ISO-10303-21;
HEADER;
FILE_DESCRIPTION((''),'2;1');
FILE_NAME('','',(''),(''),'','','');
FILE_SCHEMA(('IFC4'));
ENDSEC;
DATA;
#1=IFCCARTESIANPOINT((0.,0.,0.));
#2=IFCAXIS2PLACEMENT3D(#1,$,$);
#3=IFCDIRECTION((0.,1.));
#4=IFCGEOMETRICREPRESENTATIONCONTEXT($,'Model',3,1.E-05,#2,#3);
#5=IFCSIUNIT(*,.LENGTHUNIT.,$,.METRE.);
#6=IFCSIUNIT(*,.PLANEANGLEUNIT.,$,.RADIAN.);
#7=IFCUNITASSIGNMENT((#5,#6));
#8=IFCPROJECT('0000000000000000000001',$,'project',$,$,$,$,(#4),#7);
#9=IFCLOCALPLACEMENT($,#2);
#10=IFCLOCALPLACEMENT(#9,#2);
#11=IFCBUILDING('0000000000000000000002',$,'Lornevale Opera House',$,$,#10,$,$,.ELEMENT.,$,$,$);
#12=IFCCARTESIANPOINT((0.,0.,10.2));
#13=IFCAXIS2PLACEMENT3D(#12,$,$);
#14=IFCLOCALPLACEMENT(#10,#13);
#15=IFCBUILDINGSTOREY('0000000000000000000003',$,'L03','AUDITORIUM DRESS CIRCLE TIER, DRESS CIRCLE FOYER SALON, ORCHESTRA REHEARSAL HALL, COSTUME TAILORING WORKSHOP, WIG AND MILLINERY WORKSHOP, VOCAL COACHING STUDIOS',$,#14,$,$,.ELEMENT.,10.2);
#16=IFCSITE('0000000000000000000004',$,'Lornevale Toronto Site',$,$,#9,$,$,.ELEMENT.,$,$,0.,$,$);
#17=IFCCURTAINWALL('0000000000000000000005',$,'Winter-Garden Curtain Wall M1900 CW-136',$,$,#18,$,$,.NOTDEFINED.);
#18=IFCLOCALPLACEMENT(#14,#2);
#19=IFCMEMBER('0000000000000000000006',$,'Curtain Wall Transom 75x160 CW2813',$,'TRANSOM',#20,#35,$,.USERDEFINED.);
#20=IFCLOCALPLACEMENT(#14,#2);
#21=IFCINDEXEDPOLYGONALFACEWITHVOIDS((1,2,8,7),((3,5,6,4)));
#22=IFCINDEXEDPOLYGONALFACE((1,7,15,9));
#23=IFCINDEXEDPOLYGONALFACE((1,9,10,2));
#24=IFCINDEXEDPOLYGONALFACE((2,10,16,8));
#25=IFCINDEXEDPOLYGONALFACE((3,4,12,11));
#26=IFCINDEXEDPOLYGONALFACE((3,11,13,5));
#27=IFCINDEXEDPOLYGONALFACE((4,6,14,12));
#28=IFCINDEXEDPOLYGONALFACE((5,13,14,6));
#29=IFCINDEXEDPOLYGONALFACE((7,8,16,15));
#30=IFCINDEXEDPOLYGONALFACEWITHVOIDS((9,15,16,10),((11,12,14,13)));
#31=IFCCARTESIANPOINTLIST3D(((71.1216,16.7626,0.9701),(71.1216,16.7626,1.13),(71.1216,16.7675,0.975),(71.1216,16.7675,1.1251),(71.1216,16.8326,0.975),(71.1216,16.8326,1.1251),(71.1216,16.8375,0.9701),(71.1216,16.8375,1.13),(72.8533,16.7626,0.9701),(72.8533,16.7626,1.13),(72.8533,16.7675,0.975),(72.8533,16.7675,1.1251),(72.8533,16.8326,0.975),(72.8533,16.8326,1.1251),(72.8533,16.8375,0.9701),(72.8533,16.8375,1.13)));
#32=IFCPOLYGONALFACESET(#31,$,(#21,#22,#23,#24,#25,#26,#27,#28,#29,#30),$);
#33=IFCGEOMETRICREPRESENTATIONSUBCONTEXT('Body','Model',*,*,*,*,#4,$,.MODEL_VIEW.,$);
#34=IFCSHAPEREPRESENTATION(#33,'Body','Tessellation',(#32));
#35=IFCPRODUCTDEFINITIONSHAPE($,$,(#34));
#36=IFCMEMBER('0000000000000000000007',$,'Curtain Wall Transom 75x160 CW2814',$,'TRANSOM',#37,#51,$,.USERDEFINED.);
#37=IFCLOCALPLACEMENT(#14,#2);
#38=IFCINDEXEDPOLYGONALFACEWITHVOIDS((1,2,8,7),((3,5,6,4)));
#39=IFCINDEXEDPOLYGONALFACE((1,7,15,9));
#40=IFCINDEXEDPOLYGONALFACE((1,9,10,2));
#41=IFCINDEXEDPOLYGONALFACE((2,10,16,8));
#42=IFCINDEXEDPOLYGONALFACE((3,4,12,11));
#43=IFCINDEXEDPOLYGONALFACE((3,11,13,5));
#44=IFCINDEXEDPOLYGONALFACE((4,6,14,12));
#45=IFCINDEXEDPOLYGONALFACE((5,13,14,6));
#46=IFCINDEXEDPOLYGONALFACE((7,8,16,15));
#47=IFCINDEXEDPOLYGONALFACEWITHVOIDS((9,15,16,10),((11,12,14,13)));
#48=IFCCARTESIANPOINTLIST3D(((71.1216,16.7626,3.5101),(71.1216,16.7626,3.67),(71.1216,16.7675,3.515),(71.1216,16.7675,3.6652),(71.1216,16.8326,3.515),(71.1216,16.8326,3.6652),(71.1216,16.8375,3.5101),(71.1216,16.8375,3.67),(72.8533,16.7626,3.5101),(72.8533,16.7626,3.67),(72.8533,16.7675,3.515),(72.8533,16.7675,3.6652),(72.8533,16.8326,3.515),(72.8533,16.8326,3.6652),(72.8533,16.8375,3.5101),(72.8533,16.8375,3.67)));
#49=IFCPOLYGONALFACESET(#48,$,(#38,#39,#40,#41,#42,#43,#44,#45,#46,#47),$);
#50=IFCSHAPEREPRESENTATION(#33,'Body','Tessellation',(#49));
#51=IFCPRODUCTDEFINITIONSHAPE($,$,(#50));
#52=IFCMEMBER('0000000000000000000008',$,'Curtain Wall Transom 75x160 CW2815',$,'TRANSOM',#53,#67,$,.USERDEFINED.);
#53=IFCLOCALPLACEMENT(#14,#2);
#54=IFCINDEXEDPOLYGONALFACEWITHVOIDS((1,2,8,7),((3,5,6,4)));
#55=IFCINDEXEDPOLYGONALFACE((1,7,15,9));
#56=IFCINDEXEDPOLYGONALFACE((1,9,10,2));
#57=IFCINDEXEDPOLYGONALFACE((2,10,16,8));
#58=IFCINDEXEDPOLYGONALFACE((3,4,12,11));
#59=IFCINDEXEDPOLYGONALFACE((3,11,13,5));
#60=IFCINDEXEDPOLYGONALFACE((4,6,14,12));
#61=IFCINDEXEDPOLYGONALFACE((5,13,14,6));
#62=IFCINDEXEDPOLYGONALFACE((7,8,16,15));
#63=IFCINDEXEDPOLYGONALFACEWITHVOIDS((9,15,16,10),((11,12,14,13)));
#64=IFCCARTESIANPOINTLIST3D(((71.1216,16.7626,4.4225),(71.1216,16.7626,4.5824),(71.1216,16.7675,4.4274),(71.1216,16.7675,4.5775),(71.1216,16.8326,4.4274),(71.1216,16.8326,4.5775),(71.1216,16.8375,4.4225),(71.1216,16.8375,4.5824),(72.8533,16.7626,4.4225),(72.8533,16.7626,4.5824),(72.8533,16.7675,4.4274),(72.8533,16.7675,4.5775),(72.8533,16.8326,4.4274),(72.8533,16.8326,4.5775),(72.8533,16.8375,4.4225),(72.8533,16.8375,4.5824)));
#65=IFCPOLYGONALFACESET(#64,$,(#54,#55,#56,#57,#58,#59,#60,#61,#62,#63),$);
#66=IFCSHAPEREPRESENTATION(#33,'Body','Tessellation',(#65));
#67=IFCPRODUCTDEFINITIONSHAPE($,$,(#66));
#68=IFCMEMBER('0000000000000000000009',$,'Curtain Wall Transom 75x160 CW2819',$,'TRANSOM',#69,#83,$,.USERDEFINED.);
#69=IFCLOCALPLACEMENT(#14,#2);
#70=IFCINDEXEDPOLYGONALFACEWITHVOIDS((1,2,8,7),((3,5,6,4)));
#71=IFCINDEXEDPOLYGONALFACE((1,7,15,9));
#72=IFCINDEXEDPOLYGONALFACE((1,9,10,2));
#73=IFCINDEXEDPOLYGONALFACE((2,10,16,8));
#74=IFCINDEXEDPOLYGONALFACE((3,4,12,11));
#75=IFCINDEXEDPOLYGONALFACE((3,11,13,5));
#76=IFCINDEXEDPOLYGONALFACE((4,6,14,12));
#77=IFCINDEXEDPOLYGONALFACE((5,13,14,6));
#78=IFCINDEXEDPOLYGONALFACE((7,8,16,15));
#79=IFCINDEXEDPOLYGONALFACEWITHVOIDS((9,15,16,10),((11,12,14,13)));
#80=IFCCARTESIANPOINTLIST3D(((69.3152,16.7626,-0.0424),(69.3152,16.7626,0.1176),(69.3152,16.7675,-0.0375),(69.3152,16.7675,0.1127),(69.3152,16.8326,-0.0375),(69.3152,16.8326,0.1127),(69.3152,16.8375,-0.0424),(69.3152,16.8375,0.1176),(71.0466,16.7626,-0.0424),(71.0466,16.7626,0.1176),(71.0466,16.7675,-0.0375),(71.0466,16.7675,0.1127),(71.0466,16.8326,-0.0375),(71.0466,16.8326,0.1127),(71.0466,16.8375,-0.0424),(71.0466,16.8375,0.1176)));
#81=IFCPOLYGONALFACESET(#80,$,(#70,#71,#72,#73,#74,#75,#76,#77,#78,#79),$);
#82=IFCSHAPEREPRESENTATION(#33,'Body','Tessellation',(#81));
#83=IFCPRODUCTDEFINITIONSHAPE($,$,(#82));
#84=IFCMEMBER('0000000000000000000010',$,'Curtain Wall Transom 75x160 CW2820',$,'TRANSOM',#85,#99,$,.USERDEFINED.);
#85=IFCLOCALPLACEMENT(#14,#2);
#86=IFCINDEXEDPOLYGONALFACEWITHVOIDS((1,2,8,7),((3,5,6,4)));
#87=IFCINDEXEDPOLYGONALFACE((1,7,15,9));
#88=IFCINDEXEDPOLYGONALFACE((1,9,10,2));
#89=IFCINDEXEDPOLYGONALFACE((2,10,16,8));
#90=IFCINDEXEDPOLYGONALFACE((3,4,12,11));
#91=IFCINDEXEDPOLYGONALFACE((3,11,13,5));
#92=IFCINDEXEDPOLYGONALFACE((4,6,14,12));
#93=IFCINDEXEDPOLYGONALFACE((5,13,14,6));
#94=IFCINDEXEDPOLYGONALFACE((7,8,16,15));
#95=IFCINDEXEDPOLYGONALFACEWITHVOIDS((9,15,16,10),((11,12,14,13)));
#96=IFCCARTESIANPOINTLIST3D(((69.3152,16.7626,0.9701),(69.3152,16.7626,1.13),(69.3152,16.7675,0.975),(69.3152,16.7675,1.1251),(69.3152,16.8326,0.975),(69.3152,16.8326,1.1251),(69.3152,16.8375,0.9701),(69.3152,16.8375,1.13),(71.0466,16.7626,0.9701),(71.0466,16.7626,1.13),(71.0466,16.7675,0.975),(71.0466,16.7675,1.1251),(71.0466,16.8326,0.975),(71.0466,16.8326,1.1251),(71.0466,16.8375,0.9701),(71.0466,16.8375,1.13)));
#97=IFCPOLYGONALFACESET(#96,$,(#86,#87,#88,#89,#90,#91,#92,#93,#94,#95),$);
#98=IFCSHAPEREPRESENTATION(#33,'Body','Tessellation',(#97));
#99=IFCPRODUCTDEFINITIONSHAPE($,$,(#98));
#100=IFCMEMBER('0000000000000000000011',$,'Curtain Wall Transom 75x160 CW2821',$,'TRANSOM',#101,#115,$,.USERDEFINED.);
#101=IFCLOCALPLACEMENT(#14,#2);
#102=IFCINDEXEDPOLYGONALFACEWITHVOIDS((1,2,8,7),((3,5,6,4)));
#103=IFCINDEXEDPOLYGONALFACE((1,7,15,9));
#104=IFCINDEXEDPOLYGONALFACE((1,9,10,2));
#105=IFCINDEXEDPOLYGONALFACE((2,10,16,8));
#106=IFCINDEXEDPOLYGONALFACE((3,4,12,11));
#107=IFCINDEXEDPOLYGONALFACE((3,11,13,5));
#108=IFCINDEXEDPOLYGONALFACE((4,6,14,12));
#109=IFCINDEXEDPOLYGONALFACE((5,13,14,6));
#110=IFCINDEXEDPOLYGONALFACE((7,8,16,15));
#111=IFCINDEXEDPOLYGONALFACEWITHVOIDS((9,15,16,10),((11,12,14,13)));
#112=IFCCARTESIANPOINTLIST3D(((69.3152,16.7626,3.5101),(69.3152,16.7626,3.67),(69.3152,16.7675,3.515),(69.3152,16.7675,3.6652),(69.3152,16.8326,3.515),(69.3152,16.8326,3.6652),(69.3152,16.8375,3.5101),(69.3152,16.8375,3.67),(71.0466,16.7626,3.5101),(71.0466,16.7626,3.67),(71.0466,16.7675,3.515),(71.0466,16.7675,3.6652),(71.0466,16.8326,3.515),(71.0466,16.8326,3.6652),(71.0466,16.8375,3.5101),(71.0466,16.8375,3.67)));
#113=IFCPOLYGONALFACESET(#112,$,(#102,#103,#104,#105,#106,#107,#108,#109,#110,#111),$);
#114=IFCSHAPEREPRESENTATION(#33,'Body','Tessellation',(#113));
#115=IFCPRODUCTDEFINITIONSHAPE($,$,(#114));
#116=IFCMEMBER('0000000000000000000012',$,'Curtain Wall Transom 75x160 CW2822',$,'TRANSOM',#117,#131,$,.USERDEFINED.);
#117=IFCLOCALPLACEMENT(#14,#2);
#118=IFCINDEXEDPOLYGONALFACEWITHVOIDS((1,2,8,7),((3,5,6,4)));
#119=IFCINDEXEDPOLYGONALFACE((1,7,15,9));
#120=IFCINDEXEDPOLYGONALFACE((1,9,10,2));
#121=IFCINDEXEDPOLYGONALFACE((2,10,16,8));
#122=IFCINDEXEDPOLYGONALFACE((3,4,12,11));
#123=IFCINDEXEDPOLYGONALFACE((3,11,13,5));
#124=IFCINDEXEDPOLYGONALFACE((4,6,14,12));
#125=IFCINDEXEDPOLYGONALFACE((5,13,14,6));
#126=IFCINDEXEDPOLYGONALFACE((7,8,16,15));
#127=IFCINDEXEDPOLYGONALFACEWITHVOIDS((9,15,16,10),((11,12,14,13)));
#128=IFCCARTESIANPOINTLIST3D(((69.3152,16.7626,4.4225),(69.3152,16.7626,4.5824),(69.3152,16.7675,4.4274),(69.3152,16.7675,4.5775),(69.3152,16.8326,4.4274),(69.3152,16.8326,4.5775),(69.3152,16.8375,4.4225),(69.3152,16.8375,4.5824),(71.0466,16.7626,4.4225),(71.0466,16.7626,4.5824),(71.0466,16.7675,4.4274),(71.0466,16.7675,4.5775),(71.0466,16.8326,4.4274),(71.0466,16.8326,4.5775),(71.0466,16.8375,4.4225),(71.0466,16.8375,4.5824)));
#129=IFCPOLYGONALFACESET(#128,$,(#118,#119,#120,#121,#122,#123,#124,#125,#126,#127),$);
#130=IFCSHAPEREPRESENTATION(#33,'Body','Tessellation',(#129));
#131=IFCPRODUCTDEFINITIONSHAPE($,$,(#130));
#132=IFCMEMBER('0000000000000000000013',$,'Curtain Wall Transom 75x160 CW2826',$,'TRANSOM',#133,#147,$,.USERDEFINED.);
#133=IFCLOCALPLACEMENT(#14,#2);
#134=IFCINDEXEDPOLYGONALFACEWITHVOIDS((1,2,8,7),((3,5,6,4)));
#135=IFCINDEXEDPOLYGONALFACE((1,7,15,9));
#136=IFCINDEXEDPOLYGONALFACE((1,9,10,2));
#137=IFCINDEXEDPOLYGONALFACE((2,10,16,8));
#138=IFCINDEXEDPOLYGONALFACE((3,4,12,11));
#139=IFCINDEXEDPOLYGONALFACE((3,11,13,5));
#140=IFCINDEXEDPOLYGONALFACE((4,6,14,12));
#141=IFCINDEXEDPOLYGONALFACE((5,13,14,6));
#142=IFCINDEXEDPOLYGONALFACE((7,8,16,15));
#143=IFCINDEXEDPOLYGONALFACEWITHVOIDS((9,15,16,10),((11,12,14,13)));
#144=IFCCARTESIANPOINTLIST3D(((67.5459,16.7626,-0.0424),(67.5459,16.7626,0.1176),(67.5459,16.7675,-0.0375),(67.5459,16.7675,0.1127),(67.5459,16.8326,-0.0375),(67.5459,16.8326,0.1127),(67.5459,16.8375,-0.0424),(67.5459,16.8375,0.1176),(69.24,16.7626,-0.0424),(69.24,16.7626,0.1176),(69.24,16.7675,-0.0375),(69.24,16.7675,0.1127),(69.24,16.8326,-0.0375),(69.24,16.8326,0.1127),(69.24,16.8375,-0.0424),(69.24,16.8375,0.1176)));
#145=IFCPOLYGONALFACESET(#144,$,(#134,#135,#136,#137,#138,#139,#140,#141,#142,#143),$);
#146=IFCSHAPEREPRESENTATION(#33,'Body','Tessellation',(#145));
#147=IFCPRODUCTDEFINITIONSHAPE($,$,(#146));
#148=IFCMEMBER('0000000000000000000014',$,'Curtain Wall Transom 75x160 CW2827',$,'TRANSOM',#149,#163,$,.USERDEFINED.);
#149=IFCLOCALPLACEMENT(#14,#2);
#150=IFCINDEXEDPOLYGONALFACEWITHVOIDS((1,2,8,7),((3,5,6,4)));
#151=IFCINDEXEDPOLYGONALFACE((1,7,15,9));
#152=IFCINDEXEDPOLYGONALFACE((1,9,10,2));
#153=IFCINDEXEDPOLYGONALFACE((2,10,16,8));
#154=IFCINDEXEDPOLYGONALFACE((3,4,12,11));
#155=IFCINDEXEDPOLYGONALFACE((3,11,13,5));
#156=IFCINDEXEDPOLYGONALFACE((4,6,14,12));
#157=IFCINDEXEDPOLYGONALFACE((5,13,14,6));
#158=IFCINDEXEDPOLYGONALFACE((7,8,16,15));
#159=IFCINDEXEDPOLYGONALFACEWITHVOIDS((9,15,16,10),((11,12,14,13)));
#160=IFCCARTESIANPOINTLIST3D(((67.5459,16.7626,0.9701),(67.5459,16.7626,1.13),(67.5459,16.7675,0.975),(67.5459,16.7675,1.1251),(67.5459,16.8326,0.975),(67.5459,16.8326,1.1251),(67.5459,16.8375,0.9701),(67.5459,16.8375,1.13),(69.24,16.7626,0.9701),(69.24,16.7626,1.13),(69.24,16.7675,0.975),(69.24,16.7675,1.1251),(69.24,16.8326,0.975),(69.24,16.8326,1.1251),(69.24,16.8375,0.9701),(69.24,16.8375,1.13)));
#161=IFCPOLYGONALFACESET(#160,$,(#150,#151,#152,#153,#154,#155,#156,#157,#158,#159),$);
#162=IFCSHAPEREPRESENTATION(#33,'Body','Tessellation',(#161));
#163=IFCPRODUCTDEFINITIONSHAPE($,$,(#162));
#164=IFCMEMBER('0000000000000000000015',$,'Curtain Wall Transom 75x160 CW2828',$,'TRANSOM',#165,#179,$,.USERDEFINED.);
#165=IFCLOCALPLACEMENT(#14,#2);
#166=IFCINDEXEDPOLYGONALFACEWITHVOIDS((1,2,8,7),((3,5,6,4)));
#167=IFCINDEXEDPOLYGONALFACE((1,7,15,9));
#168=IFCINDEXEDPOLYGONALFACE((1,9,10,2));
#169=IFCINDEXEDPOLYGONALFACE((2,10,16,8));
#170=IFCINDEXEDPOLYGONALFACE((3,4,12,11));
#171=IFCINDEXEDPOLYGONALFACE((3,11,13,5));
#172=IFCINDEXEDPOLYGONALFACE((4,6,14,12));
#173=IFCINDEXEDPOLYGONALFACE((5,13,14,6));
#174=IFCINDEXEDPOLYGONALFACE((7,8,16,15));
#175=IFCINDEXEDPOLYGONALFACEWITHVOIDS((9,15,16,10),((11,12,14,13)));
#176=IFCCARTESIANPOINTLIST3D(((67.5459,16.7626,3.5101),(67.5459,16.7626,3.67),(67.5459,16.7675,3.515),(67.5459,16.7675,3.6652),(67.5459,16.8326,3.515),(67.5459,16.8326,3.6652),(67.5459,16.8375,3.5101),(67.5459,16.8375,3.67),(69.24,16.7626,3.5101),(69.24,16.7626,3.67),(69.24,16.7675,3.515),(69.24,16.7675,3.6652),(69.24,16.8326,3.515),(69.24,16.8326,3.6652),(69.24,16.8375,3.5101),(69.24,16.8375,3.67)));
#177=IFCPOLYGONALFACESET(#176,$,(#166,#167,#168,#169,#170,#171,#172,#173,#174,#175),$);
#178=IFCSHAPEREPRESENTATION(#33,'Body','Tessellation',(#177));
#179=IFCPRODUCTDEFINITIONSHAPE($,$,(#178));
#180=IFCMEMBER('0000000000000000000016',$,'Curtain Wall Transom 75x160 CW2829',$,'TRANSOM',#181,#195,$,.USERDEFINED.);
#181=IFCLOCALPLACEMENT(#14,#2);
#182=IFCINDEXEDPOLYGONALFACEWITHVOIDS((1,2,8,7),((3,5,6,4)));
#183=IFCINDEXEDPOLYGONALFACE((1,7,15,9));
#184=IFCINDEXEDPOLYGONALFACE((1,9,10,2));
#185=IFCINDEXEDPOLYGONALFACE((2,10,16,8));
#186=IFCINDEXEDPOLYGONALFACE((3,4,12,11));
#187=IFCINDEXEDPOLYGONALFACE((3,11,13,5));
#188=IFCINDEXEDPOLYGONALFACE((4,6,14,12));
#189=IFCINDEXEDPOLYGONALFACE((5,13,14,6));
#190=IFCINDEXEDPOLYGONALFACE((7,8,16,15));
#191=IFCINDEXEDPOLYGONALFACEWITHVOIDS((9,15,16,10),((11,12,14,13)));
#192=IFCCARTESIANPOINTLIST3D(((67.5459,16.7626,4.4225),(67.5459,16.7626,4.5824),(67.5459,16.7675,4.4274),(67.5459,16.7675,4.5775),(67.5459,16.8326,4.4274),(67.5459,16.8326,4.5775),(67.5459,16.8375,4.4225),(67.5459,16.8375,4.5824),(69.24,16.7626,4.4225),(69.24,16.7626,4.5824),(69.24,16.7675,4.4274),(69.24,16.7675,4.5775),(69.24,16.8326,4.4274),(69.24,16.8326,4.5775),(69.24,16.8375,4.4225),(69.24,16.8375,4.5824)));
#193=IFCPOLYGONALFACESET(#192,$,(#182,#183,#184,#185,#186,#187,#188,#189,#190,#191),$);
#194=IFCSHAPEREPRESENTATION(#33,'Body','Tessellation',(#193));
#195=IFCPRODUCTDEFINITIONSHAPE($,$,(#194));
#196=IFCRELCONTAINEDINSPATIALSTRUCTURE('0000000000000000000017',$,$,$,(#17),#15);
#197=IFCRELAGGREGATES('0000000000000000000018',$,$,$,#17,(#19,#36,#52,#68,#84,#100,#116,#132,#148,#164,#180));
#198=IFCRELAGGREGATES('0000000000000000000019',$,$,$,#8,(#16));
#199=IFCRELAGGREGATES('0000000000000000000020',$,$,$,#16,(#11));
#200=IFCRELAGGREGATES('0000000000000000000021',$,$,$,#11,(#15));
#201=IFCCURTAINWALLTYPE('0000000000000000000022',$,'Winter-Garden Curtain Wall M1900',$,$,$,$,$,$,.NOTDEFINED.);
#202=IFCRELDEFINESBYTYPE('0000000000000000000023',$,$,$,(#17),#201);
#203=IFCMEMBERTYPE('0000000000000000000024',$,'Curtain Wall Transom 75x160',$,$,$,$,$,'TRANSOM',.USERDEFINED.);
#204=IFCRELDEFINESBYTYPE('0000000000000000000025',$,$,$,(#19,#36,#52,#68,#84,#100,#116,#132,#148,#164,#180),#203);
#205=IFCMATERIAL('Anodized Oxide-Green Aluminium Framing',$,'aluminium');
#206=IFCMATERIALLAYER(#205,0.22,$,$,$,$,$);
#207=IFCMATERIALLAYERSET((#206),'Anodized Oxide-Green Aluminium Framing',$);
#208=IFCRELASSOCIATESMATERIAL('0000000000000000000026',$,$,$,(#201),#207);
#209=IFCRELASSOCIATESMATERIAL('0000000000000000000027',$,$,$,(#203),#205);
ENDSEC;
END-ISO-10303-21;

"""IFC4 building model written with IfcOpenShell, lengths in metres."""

from ifc_helpers import new_model, si_unit, direction, frame, origin, origin_2d, place, context, subcontext, project, spatial, hollow_rectangle, extrude, material, layer, layer_set, material_profile, profile_set, type_object, element, aggregate, save


model = new_model("IFC4")

# Units and contexts
model_context = context("Model", 3, precision=1e-05, world=origin(), true_north=direction((0.0, 1.0)))
body_context = subcontext(model_context, "Body", "Model", "MODEL_VIEW")
ifc_project = project(units=[si_unit("LENGTHUNIT", "METRE"), si_unit("PLANEANGLEUNIT", "RADIAN")], contexts=[model_context])

# Site, building, storey
site_placement = place(None, origin())
site = spatial("IfcSite", under=ifc_project, at=site_placement, Name="Lornevale Toronto Site", CompositionType="ELEMENT", RefElevation=0.0)
building_placement = place(site_placement, origin())
building = spatial("IfcBuilding", under=site, at=building_placement, Name="Lornevale Opera House", CompositionType="ELEMENT")
storey_placement = place(building_placement, frame((0.0, 0.0, 10.2)))
storey = spatial("IfcBuildingStorey", under=building, at=storey_placement, Name="L03", Description="AUDITORIUM DRESS CIRCLE TIER, DRESS CIRCLE FOYER SALON, ORCHESTRA REHEARSAL HALL, COSTUME TAILORING WORKSHOP, WIG AND MILLINERY WORKSHOP, VOCAL COACHING STUDIOS", CompositionType="ELEMENT", Elevation=10.2)

# Curtain wall, members
ifc_material_1 = material(Name="Anodized Oxide-Green Aluminium Framing", Category="aluminium")
ifc_layer_1 = layer(ifc_material_1, 0.22)
ifc_layer_set_1 = layer_set([ifc_layer_1], Name="Anodized Oxide-Green Aluminium Framing")
curtain_wall_type = type_object("IfcCurtainWallType", Name="Winter-Garden Curtain Wall M1900", PredefinedType="NOTDEFINED", material=ifc_layer_set_1)
curtain_wall_placement = place(storey_placement, origin())
curtain_wall = element("IfcCurtainWall", 1, at=curtain_wall_placement, inside=storey, type_object=curtain_wall_type, Name="Winter-Garden Curtain Wall M1900 CW-136", PredefinedType="NOTDEFINED")
ifc_material_profile_1 = material_profile(ifc_material_1, hollow_rectangle(XDim=0.075, YDim=0.1599, WallThickness=0.0049, at=origin_2d()), Name="ALU75x160x5")
ifc_profile_set_1 = profile_set([ifc_material_profile_1], Name="Anodized Oxide-Green Aluminium Framing")
member_type_1 = type_object("IfcMemberType", Name="Curtain Wall Transom 75x160", ElementType="TRANSOM", PredefinedType="USERDEFINED", material=ifc_profile_set_1)
member_1_placement = place(storey_placement, frame((72.8533, 16.8, 1.05), z_axis=(-1.0, 0.0, 0.0), x_axis=(0.0, -1.0, 0.0)))
member_1 = element("IfcMember", 2, at=member_1_placement, type_object=member_type_1, Name="Curtain Wall Transom 75x160 CW2813", ObjectType="TRANSOM", PredefinedType="USERDEFINED", context=body_context, shape_type="SweptSolid", body=[
    extrude(hollow_rectangle(XDim=0.075, YDim=0.1599, WallThickness=0.0049, at=origin_2d()), origin(), (0.0, 0.0, 1.0), 1.7317),
])
member_2_placement = place(storey_placement, frame((72.8533, 16.8, 3.5901), z_axis=(-1.0, 0.0, 0.0), x_axis=(0.0, -1.0, 0.0)))
member_2 = element("IfcMember", 3, at=member_2_placement, type_object=member_type_1, Name="Curtain Wall Transom 75x160 CW2814", ObjectType="TRANSOM", PredefinedType="USERDEFINED", context=body_context, shape_type="SweptSolid", body=[
    extrude(hollow_rectangle(XDim=0.075, YDim=0.1599, WallThickness=0.0049, at=origin_2d()), origin(), (0.0, 0.0, 1.0), 1.7317),
])
member_3_placement = place(storey_placement, frame((72.8533, 16.8, 4.5024), z_axis=(-1.0, 0.0, 0.0), x_axis=(0.0, -1.0, 0.0)))
member_3 = element("IfcMember", 4, at=member_3_placement, type_object=member_type_1, Name="Curtain Wall Transom 75x160 CW2815", ObjectType="TRANSOM", PredefinedType="USERDEFINED", context=body_context, shape_type="SweptSolid", body=[
    extrude(hollow_rectangle(XDim=0.075, YDim=0.1599, WallThickness=0.0049, at=origin_2d()), origin(), (0.0, 0.0, 1.0), 1.7317),
])
member_4_placement = place(storey_placement, frame((71.0466, 16.8, 0.0376), z_axis=(-1.0, 0.0, 0.0), x_axis=(0.0, -1.0, 0.0)))
member_4 = element("IfcMember", 5, at=member_4_placement, type_object=member_type_1, Name="Curtain Wall Transom 75x160 CW2819", ObjectType="TRANSOM", PredefinedType="USERDEFINED", context=body_context, shape_type="SweptSolid", body=[
    extrude(hollow_rectangle(XDim=0.075, YDim=0.1599, WallThickness=0.0049, at=origin_2d()), origin(), (0.0, 0.0, 1.0), 1.7314),
])
member_5_placement = place(storey_placement, frame((71.0466, 16.8, 1.05), z_axis=(-1.0, 0.0, 0.0), x_axis=(0.0, -1.0, 0.0)))
member_5 = element("IfcMember", 6, at=member_5_placement, type_object=member_type_1, Name="Curtain Wall Transom 75x160 CW2820", ObjectType="TRANSOM", PredefinedType="USERDEFINED", context=body_context, shape_type="SweptSolid", body=[
    extrude(hollow_rectangle(XDim=0.075, YDim=0.1599, WallThickness=0.0049, at=origin_2d()), origin(), (0.0, 0.0, 1.0), 1.7314),
])
member_6_placement = place(storey_placement, frame((71.0466, 16.8, 3.5901), z_axis=(-1.0, 0.0, 0.0), x_axis=(0.0, -1.0, 0.0)))
member_6 = element("IfcMember", 7, at=member_6_placement, type_object=member_type_1, Name="Curtain Wall Transom 75x160 CW2821", ObjectType="TRANSOM", PredefinedType="USERDEFINED", context=body_context, shape_type="SweptSolid", body=[
    extrude(hollow_rectangle(XDim=0.075, YDim=0.1599, WallThickness=0.0049, at=origin_2d()), origin(), (0.0, 0.0, 1.0), 1.7314),
])
member_7_placement = place(storey_placement, frame((71.0466, 16.8, 4.5024), z_axis=(-1.0, 0.0, 0.0), x_axis=(0.0, -1.0, 0.0)))
member_7 = element("IfcMember", 8, at=member_7_placement, type_object=member_type_1, Name="Curtain Wall Transom 75x160 CW2822", ObjectType="TRANSOM", PredefinedType="USERDEFINED", context=body_context, shape_type="SweptSolid", body=[
    extrude(hollow_rectangle(XDim=0.075, YDim=0.1599, WallThickness=0.0049, at=origin_2d()), origin(), (0.0, 0.0, 1.0), 1.7314),
])
member_8_placement = place(storey_placement, frame((69.24, 16.8, 0.0376), z_axis=(-1.0, 0.0, 0.0), x_axis=(0.0, -1.0, 0.0)))
member_8 = element("IfcMember", 9, at=member_8_placement, type_object=member_type_1, Name="Curtain Wall Transom 75x160 CW2826", ObjectType="TRANSOM", PredefinedType="USERDEFINED", context=body_context, shape_type="SweptSolid", body=[
    extrude(hollow_rectangle(XDim=0.075, YDim=0.1599, WallThickness=0.0049, at=origin_2d()), origin(), (0.0, 0.0, 1.0), 1.6941),
])
member_9_placement = place(storey_placement, frame((69.24, 16.8, 1.05), z_axis=(-1.0, 0.0, 0.0), x_axis=(0.0, -1.0, 0.0)))
member_9 = element("IfcMember", 10, at=member_9_placement, type_object=member_type_1, Name="Curtain Wall Transom 75x160 CW2827", ObjectType="TRANSOM", PredefinedType="USERDEFINED", context=body_context, shape_type="SweptSolid", body=[
    extrude(hollow_rectangle(XDim=0.075, YDim=0.1599, WallThickness=0.0049, at=origin_2d()), origin(), (0.0, 0.0, 1.0), 1.6941),
])
member_10_placement = place(storey_placement, frame((69.24, 16.8, 3.5901), z_axis=(-1.0, 0.0, 0.0), x_axis=(0.0, -1.0, 0.0)))
member_10 = element("IfcMember", 11, at=member_10_placement, type_object=member_type_1, Name="Curtain Wall Transom 75x160 CW2828", ObjectType="TRANSOM", PredefinedType="USERDEFINED", context=body_context, shape_type="SweptSolid", body=[
    extrude(hollow_rectangle(XDim=0.075, YDim=0.1599, WallThickness=0.0049, at=origin_2d()), origin(), (0.0, 0.0, 1.0), 1.6941),
])
member_11_placement = place(storey_placement, frame((69.24, 16.8, 4.5024), z_axis=(-1.0, 0.0, 0.0), x_axis=(0.0, -1.0, 0.0)))
member_11 = element("IfcMember", 12, at=member_11_placement, type_object=member_type_1, Name="Curtain Wall Transom 75x160 CW2829", ObjectType="TRANSOM", PredefinedType="USERDEFINED", context=body_context, shape_type="SweptSolid", body=[
    extrude(hollow_rectangle(XDim=0.075, YDim=0.1599, WallThickness=0.0049, at=origin_2d()), origin(), (0.0, 0.0, 1.0), 1.6941),
])
aggregate(curtain_wall, [member_1, member_2, member_3, member_4, member_5, member_6, member_7, member_8, member_9, member_10, member_11])

save(model, "model.ifc")
